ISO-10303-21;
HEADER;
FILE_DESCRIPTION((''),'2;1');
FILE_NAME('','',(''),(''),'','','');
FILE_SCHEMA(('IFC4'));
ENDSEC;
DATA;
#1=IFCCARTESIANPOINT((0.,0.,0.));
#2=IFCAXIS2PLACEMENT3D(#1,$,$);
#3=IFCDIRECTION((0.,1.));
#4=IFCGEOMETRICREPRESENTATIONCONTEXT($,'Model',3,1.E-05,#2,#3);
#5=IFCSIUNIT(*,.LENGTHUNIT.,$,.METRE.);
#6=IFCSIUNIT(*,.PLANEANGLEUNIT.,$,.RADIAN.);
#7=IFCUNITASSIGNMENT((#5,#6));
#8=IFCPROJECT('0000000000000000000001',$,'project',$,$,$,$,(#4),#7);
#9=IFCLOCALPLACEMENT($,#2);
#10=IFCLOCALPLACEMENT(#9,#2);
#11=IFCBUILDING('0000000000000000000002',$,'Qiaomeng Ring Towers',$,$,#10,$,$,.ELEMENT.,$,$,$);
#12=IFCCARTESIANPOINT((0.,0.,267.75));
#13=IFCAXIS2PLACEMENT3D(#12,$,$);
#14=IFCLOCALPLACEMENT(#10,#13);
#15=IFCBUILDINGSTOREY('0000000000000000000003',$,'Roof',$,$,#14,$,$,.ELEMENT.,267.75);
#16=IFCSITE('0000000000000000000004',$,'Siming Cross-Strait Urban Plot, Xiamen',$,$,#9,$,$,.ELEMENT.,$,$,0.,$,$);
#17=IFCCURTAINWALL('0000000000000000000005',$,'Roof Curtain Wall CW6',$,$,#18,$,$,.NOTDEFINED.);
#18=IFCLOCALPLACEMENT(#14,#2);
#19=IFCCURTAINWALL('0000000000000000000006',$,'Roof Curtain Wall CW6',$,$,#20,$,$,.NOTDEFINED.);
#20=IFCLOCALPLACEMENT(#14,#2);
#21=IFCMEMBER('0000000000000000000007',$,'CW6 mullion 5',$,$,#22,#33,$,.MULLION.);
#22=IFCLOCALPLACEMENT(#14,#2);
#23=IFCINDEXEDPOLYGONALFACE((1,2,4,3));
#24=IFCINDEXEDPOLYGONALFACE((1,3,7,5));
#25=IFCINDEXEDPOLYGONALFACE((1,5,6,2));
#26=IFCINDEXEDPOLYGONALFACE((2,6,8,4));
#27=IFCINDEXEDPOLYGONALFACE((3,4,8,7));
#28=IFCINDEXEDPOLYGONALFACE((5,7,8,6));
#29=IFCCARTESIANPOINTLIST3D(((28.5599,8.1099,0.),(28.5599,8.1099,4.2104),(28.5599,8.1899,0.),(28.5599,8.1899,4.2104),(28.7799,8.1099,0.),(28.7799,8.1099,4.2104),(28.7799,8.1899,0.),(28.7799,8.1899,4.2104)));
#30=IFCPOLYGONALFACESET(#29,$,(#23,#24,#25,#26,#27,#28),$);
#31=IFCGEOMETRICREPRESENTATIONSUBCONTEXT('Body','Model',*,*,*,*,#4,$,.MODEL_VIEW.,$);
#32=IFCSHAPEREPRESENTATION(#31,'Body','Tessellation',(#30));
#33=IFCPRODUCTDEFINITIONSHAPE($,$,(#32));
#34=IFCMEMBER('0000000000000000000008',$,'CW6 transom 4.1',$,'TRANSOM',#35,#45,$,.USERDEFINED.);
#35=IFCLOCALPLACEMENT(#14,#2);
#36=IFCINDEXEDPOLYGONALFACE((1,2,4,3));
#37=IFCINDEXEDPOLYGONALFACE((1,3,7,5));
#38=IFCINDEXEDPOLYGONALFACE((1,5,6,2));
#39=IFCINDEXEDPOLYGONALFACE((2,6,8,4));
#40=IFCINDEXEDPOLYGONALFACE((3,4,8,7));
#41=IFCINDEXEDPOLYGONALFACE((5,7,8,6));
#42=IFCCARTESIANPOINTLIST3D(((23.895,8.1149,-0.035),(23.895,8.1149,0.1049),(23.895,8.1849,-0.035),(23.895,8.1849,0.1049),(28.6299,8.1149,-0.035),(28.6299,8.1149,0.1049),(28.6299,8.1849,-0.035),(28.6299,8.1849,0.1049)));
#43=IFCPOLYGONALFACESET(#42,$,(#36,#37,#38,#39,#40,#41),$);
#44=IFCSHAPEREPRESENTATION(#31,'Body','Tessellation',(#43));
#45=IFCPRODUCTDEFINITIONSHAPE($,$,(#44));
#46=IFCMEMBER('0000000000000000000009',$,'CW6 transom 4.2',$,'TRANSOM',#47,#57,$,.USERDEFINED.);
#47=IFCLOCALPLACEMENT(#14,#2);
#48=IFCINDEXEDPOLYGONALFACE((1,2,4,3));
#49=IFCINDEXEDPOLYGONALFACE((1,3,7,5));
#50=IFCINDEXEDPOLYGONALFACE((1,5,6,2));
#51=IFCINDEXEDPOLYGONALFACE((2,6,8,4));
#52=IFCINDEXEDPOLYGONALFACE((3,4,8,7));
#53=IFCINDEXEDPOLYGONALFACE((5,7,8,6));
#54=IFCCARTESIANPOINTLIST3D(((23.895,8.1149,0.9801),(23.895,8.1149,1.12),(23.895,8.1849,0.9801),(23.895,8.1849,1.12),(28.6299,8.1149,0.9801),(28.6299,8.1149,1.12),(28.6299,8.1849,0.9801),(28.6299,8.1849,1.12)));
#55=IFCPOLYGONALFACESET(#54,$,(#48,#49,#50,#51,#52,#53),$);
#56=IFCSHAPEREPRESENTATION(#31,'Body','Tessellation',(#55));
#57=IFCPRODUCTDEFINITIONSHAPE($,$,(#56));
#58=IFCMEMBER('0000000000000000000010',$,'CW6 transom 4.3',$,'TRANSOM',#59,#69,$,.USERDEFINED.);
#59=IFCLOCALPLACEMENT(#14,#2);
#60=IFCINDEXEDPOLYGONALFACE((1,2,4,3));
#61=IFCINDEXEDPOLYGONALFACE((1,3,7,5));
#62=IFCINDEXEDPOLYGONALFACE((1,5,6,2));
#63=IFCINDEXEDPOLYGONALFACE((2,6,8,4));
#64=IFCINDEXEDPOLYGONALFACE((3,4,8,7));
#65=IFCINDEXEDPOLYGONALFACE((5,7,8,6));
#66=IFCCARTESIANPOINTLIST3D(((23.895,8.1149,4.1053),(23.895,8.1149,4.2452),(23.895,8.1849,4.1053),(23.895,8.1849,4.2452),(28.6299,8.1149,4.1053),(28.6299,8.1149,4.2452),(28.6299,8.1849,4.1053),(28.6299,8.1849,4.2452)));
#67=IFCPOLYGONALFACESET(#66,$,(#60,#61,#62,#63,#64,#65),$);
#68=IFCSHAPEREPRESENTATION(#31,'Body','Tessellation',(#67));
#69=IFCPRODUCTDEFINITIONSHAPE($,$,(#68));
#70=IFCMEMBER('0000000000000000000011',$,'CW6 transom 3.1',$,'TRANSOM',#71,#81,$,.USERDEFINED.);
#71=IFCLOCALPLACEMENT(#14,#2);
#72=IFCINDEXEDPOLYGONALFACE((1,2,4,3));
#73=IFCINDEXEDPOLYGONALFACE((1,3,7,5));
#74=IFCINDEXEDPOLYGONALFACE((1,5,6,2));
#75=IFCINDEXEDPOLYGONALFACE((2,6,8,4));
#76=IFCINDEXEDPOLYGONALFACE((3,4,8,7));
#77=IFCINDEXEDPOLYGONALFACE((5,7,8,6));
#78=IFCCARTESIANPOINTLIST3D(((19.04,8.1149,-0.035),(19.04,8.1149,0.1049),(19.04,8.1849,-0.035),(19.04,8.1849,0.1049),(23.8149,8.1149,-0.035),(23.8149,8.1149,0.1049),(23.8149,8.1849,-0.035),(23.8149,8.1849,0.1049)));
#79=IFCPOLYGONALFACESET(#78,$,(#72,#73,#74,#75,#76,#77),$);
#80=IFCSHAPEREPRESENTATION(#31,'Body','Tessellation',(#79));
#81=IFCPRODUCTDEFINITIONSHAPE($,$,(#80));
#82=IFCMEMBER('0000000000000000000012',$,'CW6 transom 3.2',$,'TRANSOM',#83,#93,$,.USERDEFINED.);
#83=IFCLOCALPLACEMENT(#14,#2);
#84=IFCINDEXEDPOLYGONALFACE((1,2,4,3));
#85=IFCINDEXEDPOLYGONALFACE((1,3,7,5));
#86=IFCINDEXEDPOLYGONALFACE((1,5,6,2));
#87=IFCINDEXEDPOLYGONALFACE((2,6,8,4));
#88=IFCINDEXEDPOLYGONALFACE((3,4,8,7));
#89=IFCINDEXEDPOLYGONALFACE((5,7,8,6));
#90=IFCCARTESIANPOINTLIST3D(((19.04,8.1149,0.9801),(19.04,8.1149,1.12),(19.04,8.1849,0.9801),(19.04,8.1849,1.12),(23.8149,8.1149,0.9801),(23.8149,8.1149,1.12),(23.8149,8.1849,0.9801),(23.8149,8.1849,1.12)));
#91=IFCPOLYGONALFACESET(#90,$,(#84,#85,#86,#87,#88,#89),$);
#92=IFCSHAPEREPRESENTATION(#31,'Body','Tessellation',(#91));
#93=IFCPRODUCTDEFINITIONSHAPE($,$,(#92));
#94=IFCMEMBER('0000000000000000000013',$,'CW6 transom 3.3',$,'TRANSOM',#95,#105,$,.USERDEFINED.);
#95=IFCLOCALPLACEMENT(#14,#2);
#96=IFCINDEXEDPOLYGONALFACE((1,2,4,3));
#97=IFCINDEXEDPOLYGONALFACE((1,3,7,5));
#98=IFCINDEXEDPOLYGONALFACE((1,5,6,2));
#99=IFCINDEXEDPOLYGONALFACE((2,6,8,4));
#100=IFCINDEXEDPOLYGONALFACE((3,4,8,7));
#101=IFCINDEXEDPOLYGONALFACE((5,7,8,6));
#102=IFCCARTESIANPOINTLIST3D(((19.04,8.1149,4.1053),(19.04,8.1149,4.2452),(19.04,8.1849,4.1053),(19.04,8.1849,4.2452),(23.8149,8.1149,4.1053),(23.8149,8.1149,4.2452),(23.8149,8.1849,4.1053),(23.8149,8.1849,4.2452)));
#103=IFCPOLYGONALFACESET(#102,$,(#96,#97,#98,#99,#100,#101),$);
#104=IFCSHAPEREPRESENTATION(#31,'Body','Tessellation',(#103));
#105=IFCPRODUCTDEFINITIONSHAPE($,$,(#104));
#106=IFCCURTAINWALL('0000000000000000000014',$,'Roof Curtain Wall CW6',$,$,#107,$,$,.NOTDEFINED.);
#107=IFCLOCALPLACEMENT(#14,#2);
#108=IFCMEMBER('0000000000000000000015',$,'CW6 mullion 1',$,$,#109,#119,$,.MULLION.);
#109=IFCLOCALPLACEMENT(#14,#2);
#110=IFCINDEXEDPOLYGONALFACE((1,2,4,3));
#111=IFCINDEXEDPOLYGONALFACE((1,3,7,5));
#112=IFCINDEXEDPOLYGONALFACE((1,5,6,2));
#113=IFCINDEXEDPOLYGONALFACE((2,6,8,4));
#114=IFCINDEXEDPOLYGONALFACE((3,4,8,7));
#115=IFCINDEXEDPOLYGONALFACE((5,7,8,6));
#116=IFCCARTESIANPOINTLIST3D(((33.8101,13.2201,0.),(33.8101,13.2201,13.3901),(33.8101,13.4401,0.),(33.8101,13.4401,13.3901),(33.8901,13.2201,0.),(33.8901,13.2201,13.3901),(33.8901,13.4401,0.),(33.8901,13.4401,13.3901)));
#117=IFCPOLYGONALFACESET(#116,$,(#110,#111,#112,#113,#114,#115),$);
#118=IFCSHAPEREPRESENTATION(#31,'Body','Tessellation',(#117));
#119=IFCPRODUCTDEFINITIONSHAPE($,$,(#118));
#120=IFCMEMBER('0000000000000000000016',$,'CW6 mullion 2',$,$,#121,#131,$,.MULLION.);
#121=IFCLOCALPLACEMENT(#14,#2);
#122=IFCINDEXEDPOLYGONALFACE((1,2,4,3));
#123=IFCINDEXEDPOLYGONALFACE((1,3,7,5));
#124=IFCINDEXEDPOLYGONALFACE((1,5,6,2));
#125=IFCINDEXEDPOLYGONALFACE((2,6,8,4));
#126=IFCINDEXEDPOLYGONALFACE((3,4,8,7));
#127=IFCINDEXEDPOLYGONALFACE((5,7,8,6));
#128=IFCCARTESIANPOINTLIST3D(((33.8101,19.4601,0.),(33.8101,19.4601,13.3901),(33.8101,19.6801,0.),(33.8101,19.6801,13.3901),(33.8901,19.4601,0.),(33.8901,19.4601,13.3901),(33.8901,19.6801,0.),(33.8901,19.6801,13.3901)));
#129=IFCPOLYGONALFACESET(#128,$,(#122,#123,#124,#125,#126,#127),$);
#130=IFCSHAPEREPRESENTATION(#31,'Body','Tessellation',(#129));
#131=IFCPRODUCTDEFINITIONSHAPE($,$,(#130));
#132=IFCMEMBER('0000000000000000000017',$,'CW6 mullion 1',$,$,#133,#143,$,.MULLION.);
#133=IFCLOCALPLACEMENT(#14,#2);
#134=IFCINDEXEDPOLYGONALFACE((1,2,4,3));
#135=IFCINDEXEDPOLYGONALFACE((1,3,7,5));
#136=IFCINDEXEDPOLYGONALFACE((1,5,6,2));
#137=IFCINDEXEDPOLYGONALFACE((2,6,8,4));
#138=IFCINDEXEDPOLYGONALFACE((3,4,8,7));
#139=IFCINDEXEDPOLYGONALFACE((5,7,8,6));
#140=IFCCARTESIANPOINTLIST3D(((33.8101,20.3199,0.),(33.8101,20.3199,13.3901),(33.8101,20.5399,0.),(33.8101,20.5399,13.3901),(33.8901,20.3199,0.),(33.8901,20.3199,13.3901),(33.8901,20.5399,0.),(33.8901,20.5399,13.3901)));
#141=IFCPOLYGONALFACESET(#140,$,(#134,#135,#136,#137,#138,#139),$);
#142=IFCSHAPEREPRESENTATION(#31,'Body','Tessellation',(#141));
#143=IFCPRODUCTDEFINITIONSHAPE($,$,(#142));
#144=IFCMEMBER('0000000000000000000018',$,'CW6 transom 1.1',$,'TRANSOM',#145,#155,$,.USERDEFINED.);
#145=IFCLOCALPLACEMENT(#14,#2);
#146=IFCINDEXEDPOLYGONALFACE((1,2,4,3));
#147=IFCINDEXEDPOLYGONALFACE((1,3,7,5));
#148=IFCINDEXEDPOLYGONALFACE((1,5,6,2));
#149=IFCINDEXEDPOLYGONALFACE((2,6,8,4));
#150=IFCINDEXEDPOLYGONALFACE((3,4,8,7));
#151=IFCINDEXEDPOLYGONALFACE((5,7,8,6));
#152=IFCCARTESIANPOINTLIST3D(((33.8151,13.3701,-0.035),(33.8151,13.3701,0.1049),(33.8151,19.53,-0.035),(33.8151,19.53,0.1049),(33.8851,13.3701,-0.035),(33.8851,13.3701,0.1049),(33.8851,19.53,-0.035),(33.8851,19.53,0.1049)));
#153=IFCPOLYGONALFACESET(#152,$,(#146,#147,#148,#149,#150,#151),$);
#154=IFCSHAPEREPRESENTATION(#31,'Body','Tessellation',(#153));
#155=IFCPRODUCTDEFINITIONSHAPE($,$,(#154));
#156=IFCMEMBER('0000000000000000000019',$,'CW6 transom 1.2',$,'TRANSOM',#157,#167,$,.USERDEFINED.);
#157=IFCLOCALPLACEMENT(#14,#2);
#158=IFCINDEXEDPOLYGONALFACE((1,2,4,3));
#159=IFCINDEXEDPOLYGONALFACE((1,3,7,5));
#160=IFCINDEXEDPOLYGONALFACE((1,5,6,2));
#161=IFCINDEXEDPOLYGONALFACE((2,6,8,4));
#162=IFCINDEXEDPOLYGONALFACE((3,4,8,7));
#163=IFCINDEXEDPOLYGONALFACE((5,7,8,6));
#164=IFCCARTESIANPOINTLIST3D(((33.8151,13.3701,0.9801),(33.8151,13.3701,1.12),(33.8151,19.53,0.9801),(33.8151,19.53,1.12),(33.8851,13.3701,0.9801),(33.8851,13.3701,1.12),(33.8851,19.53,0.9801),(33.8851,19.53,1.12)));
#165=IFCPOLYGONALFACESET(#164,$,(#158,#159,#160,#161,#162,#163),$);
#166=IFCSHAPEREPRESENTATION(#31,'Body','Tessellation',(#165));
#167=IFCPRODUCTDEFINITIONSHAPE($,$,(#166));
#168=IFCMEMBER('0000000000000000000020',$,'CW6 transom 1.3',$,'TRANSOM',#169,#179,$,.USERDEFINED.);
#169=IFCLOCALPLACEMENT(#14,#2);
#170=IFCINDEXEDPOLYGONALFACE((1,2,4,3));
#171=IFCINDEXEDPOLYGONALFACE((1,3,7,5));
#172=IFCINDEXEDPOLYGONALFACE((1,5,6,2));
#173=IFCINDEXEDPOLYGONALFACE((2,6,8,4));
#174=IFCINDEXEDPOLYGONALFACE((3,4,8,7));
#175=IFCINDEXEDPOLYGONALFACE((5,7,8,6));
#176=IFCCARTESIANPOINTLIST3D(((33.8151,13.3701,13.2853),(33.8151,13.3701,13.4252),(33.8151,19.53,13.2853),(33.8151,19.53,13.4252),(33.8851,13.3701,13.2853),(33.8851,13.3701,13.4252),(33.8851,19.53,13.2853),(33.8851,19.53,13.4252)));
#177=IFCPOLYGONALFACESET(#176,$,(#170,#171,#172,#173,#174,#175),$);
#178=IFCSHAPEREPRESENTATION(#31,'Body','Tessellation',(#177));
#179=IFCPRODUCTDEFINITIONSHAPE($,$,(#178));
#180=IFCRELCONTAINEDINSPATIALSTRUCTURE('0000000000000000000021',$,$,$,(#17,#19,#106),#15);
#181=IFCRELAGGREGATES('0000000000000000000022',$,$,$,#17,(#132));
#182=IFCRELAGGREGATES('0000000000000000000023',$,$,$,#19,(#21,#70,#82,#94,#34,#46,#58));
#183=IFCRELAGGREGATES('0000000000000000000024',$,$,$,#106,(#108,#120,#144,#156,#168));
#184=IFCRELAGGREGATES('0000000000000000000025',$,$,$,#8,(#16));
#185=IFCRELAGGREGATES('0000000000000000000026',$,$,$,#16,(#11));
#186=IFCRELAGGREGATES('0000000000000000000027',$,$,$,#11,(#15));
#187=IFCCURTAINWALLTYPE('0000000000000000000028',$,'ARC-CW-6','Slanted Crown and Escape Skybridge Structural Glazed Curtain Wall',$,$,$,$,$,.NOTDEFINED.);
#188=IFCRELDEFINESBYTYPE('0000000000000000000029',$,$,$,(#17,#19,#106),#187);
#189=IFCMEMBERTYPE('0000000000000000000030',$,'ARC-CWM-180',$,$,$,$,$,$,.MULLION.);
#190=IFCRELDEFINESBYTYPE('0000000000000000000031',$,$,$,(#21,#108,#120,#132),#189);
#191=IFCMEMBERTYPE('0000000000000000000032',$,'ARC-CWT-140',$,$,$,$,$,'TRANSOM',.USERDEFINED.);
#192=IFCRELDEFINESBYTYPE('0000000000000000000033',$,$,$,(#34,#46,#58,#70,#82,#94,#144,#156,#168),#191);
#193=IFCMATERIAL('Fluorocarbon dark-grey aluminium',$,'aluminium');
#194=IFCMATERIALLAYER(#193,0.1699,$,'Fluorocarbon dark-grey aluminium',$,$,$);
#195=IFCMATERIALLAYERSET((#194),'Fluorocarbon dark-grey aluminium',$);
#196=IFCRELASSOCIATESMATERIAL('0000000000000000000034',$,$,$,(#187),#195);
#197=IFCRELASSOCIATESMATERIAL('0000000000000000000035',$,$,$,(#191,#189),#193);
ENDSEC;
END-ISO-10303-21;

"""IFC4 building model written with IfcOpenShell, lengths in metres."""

from ifc_helpers import new_model, si_unit, direction, frame, origin, origin_2d, place, context, subcontext, project, spatial, rectangle, extrude, source, transform, mapped, material, layer, layer_set, material_profile, profile_set, type_object, element, aggregate, save


model = new_model("IFC4")

# Units and contexts
model_context = context("Model", 3, precision=1e-05, world=origin(), true_north=direction((0.0, 1.0)))
body_context = subcontext(model_context, "Body", "Model", "MODEL_VIEW")
ifc_project = project(units=[si_unit("LENGTHUNIT", "METRE"), si_unit("PLANEANGLEUNIT", "RADIAN")], contexts=[model_context])

# Site, building, storey
site_placement = place(None, origin())
site = spatial("IfcSite", under=ifc_project, at=site_placement, Name="Siming Cross-Strait Urban Plot, Xiamen", CompositionType="ELEMENT", RefElevation=0.0)
building_placement = place(site_placement, origin())
building = spatial("IfcBuilding", under=site, at=building_placement, Name="Qiaomeng Ring Towers", CompositionType="ELEMENT")
storey_placement = place(building_placement, frame((0.0, 0.0, 267.75)))
storey = spatial("IfcBuildingStorey", under=building, at=storey_placement, Name="Roof", CompositionType="ELEMENT", Elevation=267.75)

# Curtain wall
ifc_material_1 = material(Name="Fluorocarbon dark-grey aluminium", Category="aluminium")
ifc_layer_1 = layer(ifc_material_1, 0.1699, Name="Fluorocarbon dark-grey aluminium")
ifc_layer_set_1 = layer_set([ifc_layer_1], Name="Fluorocarbon dark-grey aluminium")
curtain_wall_type = type_object("IfcCurtainWallType", Name="ARC-CW-6", Description="Slanted Crown and Escape Skybridge Structural Glazed Curtain Wall", PredefinedType="NOTDEFINED", material=ifc_layer_set_1)
curtain_wall_1_placement = place(storey_placement, origin())
curtain_wall_1 = element("IfcCurtainWall", 1, at=curtain_wall_1_placement, inside=storey, type_object=curtain_wall_type, Name="Roof Curtain Wall CW6", PredefinedType="NOTDEFINED")
ifc_material_profile_1 = material_profile(ifc_material_1, rectangle(XDim=0.0701, YDim=0.1399, at=origin_2d()), Name="ALU TRAN 70x140")
ifc_profile_set_1 = profile_set([ifc_material_profile_1], Name="Fluorocarbon dark-grey aluminium")
member_type_1 = type_object("IfcMemberType", Name="ARC-CWT-140", ElementType="TRANSOM", PredefinedType="USERDEFINED", material=ifc_profile_set_1)

# Curtain walls, members
curtain_wall_2_placement = place(storey_placement, origin())
curtain_wall_2 = element("IfcCurtainWall", 2, at=curtain_wall_2_placement, inside=storey, type_object=curtain_wall_type, Name="Roof Curtain Wall CW6", PredefinedType="NOTDEFINED")
ifc_material_profile_2 = material_profile(ifc_material_1, rectangle(XDim=0.0801, YDim=0.22, at=origin_2d()), Name="ALU MULL 80x220")
ifc_profile_set_2 = profile_set([ifc_material_profile_2], Name="Fluorocarbon dark-grey aluminium")
member_type_2 = type_object("IfcMemberType", Name="ARC-CWM-180", PredefinedType="MULLION", material=ifc_profile_set_2)
shared_shape_1 = source(origin(), body_context, "Body", "SweptSolid", [
    extrude(rectangle(XDim=0.0801, YDim=0.22, at=origin_2d()), origin(), (0.0, 0.0, 1.0), 4.2104),
])
member_1_placement = place(storey_placement, frame((28.6699, 8.1499, 0.0), z_axis=(0.0, 0.0, 1.0), x_axis=(0.0, 1.0, 0.0)))
member_1 = element("IfcMember", 3, at=member_1_placement, type_object=member_type_2, Name="CW6 mullion 5", PredefinedType="MULLION", context=body_context, shape_type="MappedRepresentation", body=[
    mapped(shared_shape_1, transform((0.0, 0.0, 0.0), x_axis=(1.0, 0.0, 0.0), y_axis=(0.0, 1.0, 0.0), z_axis=(0.0, 0.0, 1.0), scale=1.0)),
])
shared_shape_2 = source(origin(), body_context, "Body", "SweptSolid", [
    extrude(rectangle(XDim=0.0701, YDim=0.1399, at=origin_2d()), origin(), (0.0, 0.0, 1.0), 4.7349),
])
member_2_placement = place(storey_placement, frame((23.895, 8.1499, 0.0349), z_axis=(1.0, 0.0, 0.0), x_axis=(0.0, 1.0, 0.0)))
member_2 = element("IfcMember", 4, at=member_2_placement, type_object=member_type_1, Name="CW6 transom 4.1", ObjectType="TRANSOM", PredefinedType="USERDEFINED", context=body_context, shape_type="MappedRepresentation", body=[
    mapped(shared_shape_2, transform((0.0, 0.0, 0.0), x_axis=(1.0, 0.0, 0.0), y_axis=(0.0, 1.0, 0.0), z_axis=(0.0, 0.0, 1.0), scale=1.0)),
])
member_3_placement = place(storey_placement, frame((23.895, 8.1499, 1.05), z_axis=(1.0, 0.0, 0.0), x_axis=(0.0, 1.0, 0.0)))
member_3 = element("IfcMember", 5, at=member_3_placement, type_object=member_type_1, Name="CW6 transom 4.2", ObjectType="TRANSOM", PredefinedType="USERDEFINED", context=body_context, shape_type="MappedRepresentation", body=[
    mapped(shared_shape_2, transform((0.0, 0.0, 0.0), x_axis=(1.0, 0.0, 0.0), y_axis=(0.0, 1.0, 0.0), z_axis=(0.0, 0.0, 1.0), scale=1.0)),
])
member_4_placement = place(storey_placement, frame((23.895, 8.1499, 4.1753), z_axis=(1.0, 0.0, 0.0), x_axis=(0.0, 1.0, 0.0)))
member_4 = element("IfcMember", 6, at=member_4_placement, type_object=member_type_1, Name="CW6 transom 4.3", ObjectType="TRANSOM", PredefinedType="USERDEFINED", context=body_context, shape_type="MappedRepresentation", body=[
    mapped(shared_shape_2, transform((0.0, 0.0, 0.0), x_axis=(1.0, 0.0, 0.0), y_axis=(0.0, 1.0, 0.0), z_axis=(0.0, 0.0, 1.0), scale=1.0)),
])
shared_shape_3 = source(origin(), body_context, "Body", "SweptSolid", [
    extrude(rectangle(XDim=0.0701, YDim=0.1399, at=origin_2d()), origin(), (0.0, 0.0, 1.0), 4.7749),
])
member_5_placement = place(storey_placement, frame((19.04, 8.1499, 0.0349), z_axis=(1.0, 0.0, 0.0), x_axis=(0.0, 1.0, 0.0)))
member_5 = element("IfcMember", 7, at=member_5_placement, type_object=member_type_1, Name="CW6 transom 3.1", ObjectType="TRANSOM", PredefinedType="USERDEFINED", context=body_context, shape_type="MappedRepresentation", body=[
    mapped(shared_shape_3, transform((0.0, 0.0, 0.0), x_axis=(1.0, 0.0, 0.0), y_axis=(0.0, 1.0, 0.0), z_axis=(0.0, 0.0, 1.0), scale=1.0)),
])
member_6_placement = place(storey_placement, frame((19.04, 8.1499, 1.05), z_axis=(1.0, 0.0, 0.0), x_axis=(0.0, 1.0, 0.0)))
member_6 = element("IfcMember", 8, at=member_6_placement, type_object=member_type_1, Name="CW6 transom 3.2", ObjectType="TRANSOM", PredefinedType="USERDEFINED", context=body_context, shape_type="MappedRepresentation", body=[
    mapped(shared_shape_3, transform((0.0, 0.0, 0.0), x_axis=(1.0, 0.0, 0.0), y_axis=(0.0, 1.0, 0.0), z_axis=(0.0, 0.0, 1.0), scale=1.0)),
])
member_7_placement = place(storey_placement, frame((19.04, 8.1499, 4.1753), z_axis=(1.0, 0.0, 0.0), x_axis=(0.0, 1.0, 0.0)))
member_7 = element("IfcMember", 9, at=member_7_placement, type_object=member_type_1, Name="CW6 transom 3.3", ObjectType="TRANSOM", PredefinedType="USERDEFINED", context=body_context, shape_type="MappedRepresentation", body=[
    mapped(shared_shape_3, transform((0.0, 0.0, 0.0), x_axis=(1.0, 0.0, 0.0), y_axis=(0.0, 1.0, 0.0), z_axis=(0.0, 0.0, 1.0), scale=1.0)),
])
curtain_wall_3_placement = place(storey_placement, origin())
curtain_wall_3 = element("IfcCurtainWall", 10, at=curtain_wall_3_placement, inside=storey, type_object=curtain_wall_type, Name="Roof Curtain Wall CW6", PredefinedType="NOTDEFINED")
shared_shape_4 = source(origin(), body_context, "Body", "SweptSolid", [
    extrude(rectangle(XDim=0.0801, YDim=0.22, at=origin_2d()), origin(), (0.0, 0.0, 1.0), 13.3901),
])
member_8_placement = place(storey_placement, frame((33.8501, 13.3301, 0.0), z_axis=(0.0, 0.0, 1.0), x_axis=(-1.0, 0.0, 0.0)))
member_8 = element("IfcMember", 11, at=member_8_placement, type_object=member_type_2, Name="CW6 mullion 1", PredefinedType="MULLION", context=body_context, shape_type="MappedRepresentation", body=[
    mapped(shared_shape_4, transform((0.0, 0.0, 0.0), x_axis=(1.0, 0.0, 0.0), y_axis=(0.0, 1.0, 0.0), z_axis=(0.0, 0.0, 1.0), scale=1.0)),
])
member_9_placement = place(storey_placement, frame((33.8501, 19.5701, 0.0), z_axis=(0.0, 0.0, 1.0), x_axis=(-1.0, 0.0, 0.0)))
member_9 = element("IfcMember", 12, at=member_9_placement, type_object=member_type_2, Name="CW6 mullion 2", PredefinedType="MULLION", context=body_context, shape_type="MappedRepresentation", body=[
    mapped(shared_shape_4, transform((0.0, 0.0, 0.0), x_axis=(1.0, 0.0, 0.0), y_axis=(0.0, 1.0, 0.0), z_axis=(0.0, 0.0, 1.0), scale=1.0)),
])

# Members
member_10_placement = place(storey_placement, frame((33.8501, 20.4299, 0.0), z_axis=(0.0, 0.0, 1.0), x_axis=(-1.0, 0.0, 0.0)))
member_10 = element("IfcMember", 13, at=member_10_placement, type_object=member_type_2, Name="CW6 mullion 1", PredefinedType="MULLION", context=body_context, shape_type="MappedRepresentation", body=[
    mapped(shared_shape_4, transform((0.0, 0.0, 0.0), x_axis=(1.0, 0.0, 0.0), y_axis=(0.0, 1.0, 0.0), z_axis=(0.0, 0.0, 1.0), scale=1.0)),
])
aggregate(curtain_wall_1, [member_10])
shared_shape_5 = source(origin(), body_context, "Body", "SweptSolid", [
    extrude(rectangle(XDim=0.0701, YDim=0.1399, at=origin_2d()), origin(), (0.0, 0.0, 1.0), 6.1599),
])
member_11_placement = place(storey_placement, frame((33.8501, 13.3701, 0.0349), z_axis=(0.0, 1.0, 0.0), x_axis=(-1.0, 0.0, 0.0)))
member_11 = element("IfcMember", 14, at=member_11_placement, type_object=member_type_1, Name="CW6 transom 1.1", ObjectType="TRANSOM", PredefinedType="USERDEFINED", context=body_context, shape_type="MappedRepresentation", body=[
    mapped(shared_shape_5, transform((0.0, 0.0, 0.0), x_axis=(1.0, 0.0, 0.0), y_axis=(0.0, 1.0, 0.0), z_axis=(0.0, 0.0, 1.0), scale=1.0)),
])
member_12_placement = place(storey_placement, frame((33.8501, 13.3701, 1.05), z_axis=(0.0, 1.0, 0.0), x_axis=(-1.0, 0.0, 0.0)))
member_12 = element("IfcMember", 15, at=member_12_placement, type_object=member_type_1, Name="CW6 transom 1.2", ObjectType="TRANSOM", PredefinedType="USERDEFINED", context=body_context, shape_type="MappedRepresentation", body=[
    mapped(shared_shape_5, transform((0.0, 0.0, 0.0), x_axis=(1.0, 0.0, 0.0), y_axis=(0.0, 1.0, 0.0), z_axis=(0.0, 0.0, 1.0), scale=1.0)),
])
member_13_placement = place(storey_placement, frame((33.8501, 13.3701, 13.3552), z_axis=(0.0, 1.0, 0.0), x_axis=(-1.0, 0.0, 0.0)))
member_13 = element("IfcMember", 16, at=member_13_placement, type_object=member_type_1, Name="CW6 transom 1.3", ObjectType="TRANSOM", PredefinedType="USERDEFINED", context=body_context, shape_type="MappedRepresentation", body=[
    mapped(shared_shape_5, transform((0.0, 0.0, 0.0), x_axis=(1.0, 0.0, 0.0), y_axis=(0.0, 1.0, 0.0), z_axis=(0.0, 0.0, 1.0), scale=1.0)),
])

aggregate(curtain_wall_2, [member_1, member_5, member_6, member_7, member_2, member_3, member_4])
aggregate(curtain_wall_3, [member_8, member_9, member_11, member_12, member_13])

save(model, "model.ifc")
